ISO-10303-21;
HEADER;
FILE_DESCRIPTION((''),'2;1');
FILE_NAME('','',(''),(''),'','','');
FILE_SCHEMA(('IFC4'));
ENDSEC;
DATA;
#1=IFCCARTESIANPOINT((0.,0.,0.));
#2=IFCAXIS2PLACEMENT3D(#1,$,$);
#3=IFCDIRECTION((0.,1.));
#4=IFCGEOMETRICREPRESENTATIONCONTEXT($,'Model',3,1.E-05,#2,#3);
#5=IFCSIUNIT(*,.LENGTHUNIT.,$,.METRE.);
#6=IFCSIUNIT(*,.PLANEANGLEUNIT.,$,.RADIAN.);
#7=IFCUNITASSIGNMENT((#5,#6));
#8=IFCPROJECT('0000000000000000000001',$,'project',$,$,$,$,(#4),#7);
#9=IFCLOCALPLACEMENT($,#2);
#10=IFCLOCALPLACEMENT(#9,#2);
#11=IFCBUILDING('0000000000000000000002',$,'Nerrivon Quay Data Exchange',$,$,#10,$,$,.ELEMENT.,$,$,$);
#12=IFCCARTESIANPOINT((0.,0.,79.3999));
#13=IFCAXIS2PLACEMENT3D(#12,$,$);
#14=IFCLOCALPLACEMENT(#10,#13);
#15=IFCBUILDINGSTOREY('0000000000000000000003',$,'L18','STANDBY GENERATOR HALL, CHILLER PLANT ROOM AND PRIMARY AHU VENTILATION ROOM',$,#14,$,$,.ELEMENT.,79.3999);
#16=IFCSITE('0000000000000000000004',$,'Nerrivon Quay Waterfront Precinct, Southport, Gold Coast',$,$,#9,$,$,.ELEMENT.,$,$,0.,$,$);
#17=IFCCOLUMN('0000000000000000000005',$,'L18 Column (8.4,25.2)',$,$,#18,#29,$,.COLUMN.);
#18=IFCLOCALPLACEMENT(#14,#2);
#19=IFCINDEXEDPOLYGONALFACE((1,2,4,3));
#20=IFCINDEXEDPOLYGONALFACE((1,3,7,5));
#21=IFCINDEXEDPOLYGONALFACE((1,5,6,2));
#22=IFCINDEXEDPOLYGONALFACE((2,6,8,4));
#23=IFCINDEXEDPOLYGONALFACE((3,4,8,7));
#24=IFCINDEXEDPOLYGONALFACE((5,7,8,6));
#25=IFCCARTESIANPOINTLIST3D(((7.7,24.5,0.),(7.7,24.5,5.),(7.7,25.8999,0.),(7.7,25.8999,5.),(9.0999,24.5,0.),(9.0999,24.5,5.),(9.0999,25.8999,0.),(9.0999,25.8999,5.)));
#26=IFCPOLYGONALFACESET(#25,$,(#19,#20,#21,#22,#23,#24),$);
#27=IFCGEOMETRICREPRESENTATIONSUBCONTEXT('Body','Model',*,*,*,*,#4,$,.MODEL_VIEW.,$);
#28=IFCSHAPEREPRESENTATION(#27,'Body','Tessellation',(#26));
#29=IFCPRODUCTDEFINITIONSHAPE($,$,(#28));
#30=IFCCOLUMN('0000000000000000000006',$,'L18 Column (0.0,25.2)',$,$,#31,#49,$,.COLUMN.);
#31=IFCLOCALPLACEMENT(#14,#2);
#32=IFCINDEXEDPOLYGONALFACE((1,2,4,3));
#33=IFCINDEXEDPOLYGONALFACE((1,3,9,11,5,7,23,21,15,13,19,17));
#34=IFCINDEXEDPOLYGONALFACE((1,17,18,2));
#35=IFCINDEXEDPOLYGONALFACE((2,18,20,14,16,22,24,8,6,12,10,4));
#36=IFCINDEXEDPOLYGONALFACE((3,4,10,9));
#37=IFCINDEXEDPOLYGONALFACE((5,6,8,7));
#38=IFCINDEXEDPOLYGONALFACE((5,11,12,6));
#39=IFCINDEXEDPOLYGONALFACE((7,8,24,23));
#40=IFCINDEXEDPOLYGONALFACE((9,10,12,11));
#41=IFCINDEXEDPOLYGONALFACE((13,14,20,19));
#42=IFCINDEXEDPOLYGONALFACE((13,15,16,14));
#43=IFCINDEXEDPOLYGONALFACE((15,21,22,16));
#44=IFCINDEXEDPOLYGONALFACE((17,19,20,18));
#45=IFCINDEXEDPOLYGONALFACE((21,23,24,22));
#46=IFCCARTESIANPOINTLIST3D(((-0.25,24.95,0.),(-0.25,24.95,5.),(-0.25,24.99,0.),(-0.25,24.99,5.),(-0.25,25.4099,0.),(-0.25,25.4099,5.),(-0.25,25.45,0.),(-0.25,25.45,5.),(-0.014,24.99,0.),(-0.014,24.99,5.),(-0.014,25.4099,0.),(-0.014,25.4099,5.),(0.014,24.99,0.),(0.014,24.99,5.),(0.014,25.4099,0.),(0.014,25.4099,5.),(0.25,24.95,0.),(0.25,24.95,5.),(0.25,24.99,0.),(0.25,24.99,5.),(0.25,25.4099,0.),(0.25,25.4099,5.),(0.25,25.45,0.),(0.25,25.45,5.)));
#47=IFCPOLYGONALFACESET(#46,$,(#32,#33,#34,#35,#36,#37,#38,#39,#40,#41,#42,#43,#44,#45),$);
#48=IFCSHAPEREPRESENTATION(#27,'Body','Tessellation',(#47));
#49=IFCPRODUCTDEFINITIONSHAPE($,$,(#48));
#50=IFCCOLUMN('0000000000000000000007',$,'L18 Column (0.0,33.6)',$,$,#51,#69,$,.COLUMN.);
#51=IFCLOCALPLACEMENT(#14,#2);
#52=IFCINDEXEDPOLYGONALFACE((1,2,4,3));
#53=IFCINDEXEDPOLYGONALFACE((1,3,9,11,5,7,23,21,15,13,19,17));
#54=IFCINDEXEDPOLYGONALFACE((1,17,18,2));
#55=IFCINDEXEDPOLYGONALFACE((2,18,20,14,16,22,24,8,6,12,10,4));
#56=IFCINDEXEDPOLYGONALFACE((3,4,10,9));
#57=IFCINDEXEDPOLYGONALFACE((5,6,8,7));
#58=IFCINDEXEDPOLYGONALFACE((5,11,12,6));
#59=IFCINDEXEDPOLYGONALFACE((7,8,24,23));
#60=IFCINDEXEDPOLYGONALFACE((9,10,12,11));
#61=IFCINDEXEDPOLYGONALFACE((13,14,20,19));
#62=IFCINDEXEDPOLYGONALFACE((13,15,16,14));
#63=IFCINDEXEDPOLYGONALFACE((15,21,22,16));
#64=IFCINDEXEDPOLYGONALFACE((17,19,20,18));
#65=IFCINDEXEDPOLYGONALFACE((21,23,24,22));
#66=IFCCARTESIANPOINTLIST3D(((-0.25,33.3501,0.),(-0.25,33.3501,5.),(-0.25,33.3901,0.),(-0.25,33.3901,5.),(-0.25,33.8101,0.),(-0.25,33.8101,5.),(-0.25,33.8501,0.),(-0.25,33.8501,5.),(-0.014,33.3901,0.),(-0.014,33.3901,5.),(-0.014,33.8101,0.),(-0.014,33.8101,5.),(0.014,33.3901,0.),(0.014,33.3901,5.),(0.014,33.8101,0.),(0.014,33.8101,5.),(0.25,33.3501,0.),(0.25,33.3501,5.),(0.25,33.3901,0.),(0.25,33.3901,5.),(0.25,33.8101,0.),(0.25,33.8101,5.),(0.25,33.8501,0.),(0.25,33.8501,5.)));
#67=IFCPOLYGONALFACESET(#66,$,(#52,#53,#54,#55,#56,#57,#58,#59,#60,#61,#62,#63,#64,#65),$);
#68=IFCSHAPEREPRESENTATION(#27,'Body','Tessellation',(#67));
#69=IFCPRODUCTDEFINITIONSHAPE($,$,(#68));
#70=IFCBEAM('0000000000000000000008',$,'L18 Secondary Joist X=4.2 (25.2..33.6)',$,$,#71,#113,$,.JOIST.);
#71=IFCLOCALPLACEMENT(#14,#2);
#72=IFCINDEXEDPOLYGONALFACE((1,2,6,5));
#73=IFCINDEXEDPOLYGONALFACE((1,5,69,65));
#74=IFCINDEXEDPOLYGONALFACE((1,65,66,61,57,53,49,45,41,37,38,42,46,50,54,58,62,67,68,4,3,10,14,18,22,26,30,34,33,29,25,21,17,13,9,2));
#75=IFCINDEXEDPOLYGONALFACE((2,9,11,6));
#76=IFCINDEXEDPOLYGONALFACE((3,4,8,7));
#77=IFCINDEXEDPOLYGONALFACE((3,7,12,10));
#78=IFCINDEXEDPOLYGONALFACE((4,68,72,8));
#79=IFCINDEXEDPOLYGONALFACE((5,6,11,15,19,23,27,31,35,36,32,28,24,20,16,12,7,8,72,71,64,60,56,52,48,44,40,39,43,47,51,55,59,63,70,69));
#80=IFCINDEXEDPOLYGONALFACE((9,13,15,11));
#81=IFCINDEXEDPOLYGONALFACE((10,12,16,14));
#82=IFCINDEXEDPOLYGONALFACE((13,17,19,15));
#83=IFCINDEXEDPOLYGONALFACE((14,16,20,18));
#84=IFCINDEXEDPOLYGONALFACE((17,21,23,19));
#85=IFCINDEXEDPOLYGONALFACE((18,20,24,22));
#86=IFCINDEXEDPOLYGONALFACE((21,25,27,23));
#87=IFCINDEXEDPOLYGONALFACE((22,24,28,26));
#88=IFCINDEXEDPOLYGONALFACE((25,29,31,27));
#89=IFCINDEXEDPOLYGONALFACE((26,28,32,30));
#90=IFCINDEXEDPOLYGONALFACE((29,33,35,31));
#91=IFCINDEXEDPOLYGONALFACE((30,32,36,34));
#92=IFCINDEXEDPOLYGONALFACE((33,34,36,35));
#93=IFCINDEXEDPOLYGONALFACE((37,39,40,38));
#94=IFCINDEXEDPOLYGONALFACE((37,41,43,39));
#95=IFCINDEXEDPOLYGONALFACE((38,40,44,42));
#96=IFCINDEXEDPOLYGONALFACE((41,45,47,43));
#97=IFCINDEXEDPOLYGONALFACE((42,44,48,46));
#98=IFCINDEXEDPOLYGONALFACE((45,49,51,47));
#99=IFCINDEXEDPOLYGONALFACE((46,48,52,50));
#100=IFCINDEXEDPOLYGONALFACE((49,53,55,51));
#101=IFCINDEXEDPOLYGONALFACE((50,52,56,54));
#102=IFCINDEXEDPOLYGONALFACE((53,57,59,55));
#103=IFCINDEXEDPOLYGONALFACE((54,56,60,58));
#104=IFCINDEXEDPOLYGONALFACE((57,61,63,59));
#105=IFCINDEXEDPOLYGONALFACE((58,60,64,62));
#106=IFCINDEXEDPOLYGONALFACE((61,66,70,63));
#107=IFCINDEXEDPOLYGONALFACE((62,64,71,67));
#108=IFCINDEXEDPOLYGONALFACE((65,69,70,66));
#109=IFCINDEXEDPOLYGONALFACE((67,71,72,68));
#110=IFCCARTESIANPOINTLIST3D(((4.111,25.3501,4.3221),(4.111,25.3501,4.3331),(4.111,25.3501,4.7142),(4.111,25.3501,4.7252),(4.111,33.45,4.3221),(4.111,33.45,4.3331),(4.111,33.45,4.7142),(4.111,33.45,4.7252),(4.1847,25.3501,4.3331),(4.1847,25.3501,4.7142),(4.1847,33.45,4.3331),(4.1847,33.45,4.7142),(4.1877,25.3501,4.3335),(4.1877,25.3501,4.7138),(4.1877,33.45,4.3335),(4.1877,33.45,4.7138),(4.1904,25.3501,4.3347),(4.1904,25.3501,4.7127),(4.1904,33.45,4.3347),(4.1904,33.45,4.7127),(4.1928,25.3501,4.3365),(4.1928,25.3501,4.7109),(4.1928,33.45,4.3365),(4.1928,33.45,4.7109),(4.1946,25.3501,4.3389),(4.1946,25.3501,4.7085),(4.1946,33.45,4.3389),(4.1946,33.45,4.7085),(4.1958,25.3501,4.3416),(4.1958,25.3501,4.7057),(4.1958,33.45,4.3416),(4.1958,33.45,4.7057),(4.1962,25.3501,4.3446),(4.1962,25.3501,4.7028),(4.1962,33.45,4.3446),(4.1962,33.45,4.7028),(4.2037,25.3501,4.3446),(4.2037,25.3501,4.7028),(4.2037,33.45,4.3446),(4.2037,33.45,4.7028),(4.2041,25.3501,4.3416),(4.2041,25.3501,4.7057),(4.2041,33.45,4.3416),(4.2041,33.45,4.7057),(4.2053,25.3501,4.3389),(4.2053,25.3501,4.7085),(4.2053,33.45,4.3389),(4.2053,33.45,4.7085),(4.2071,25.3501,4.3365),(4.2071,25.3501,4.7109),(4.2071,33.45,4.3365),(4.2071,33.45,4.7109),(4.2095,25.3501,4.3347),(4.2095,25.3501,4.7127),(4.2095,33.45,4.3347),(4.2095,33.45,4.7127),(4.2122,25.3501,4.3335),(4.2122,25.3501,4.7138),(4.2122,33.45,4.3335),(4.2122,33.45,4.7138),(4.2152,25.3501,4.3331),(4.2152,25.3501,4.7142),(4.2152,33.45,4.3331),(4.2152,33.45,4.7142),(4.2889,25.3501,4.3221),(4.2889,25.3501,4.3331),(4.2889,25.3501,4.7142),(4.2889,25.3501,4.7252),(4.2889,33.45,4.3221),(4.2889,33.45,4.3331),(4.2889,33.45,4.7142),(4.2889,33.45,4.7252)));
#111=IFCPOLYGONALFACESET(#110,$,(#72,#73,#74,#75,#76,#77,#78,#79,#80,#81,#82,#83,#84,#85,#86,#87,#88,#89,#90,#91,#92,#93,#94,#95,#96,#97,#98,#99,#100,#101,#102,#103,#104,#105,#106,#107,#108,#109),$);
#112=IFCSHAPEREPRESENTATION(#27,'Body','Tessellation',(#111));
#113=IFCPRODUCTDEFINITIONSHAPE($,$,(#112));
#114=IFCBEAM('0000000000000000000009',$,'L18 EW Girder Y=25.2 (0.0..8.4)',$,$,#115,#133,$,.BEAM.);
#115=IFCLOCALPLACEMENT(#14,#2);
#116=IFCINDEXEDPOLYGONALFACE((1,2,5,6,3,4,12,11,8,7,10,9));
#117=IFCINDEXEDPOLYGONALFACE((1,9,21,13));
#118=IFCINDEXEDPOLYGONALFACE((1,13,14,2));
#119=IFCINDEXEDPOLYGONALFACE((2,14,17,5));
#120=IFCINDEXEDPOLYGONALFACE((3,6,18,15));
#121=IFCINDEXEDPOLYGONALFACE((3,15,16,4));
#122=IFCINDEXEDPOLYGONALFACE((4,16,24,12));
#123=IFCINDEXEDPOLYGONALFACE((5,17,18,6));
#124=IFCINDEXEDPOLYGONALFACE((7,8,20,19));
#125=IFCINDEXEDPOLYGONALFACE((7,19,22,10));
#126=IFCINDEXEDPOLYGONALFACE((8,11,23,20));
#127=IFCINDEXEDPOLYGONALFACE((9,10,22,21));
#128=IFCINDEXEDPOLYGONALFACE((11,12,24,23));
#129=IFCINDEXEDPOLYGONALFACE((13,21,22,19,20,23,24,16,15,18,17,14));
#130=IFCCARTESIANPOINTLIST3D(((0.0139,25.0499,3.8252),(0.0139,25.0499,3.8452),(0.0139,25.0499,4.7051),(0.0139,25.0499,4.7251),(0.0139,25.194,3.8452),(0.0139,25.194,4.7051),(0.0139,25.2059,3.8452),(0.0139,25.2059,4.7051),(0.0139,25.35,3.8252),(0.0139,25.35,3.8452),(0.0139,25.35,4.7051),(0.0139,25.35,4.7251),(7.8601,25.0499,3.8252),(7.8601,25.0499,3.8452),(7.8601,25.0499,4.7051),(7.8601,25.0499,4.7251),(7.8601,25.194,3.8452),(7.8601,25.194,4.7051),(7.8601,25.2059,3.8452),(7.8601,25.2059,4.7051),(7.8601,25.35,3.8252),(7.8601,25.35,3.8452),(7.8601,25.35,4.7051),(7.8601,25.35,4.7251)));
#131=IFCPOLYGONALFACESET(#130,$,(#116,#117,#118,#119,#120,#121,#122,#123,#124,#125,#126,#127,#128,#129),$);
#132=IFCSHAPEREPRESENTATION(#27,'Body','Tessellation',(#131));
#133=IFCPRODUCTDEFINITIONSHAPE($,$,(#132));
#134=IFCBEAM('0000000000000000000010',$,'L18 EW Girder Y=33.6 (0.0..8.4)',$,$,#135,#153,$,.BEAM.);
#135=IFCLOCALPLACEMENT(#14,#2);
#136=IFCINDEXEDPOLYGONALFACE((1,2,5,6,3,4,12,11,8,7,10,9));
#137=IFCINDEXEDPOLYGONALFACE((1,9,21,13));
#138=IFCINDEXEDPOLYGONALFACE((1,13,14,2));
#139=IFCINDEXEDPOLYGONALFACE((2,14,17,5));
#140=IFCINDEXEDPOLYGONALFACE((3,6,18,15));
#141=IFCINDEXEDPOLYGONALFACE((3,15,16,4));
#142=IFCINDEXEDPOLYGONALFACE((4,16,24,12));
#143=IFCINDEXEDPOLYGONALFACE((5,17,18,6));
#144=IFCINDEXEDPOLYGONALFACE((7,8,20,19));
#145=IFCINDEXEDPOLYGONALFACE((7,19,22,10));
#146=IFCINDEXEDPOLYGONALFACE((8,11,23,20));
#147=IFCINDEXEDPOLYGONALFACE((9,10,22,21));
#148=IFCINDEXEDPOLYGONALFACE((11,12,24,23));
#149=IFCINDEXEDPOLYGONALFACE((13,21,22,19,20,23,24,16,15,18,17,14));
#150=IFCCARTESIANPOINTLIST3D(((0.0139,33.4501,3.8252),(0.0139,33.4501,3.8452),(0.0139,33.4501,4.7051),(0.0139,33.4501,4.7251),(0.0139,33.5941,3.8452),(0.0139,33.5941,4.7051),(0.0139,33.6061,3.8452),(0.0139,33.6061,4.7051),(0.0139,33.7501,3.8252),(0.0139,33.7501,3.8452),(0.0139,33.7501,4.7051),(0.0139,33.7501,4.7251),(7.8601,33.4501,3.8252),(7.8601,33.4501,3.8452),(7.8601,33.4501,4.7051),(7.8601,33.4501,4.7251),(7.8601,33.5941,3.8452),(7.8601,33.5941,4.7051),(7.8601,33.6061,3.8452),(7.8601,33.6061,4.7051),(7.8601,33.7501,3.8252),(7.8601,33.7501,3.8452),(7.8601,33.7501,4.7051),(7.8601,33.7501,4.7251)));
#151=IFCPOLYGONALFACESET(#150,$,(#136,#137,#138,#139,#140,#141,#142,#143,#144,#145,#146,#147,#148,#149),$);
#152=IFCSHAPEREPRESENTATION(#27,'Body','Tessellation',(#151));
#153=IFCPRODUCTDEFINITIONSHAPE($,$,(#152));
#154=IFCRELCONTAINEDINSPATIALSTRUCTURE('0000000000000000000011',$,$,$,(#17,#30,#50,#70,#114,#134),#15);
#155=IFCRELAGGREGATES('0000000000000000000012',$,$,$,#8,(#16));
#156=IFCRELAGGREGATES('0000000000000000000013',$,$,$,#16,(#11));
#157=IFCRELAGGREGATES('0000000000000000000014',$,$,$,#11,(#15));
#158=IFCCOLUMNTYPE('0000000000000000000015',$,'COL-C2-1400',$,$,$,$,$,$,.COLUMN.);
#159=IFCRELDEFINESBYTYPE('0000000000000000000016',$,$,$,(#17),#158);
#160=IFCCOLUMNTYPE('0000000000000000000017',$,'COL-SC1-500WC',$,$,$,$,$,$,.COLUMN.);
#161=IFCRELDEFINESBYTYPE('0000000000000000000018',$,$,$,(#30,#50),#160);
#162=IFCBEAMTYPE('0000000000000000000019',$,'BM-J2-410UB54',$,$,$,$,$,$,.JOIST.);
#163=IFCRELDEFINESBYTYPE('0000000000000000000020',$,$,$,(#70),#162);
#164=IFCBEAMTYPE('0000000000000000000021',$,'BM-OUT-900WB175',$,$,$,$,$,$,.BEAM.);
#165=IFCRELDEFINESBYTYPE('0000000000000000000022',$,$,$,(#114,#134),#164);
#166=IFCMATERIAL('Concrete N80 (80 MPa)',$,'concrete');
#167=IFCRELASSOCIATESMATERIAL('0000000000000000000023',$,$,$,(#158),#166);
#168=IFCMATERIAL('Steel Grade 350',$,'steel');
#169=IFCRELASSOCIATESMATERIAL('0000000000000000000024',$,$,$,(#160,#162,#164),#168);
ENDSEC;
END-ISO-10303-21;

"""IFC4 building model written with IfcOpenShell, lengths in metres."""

from ifc_helpers import new_model, si_unit, direction, frame, origin, origin_2d, place, context, subcontext, project, spatial, rectangle, i_section, extrude, material, material_profile, profile_set, type_object, element, save


model = new_model("IFC4")

# Units and contexts
model_context = context("Model", 3, precision=1e-05, world=origin(), true_north=direction((0.0, 1.0)))
body_context = subcontext(model_context, "Body", "Model", "MODEL_VIEW")
ifc_project = project(units=[si_unit("LENGTHUNIT", "METRE"), si_unit("PLANEANGLEUNIT", "RADIAN")], contexts=[model_context])

# Site, building, storey
site_placement = place(None, origin())
site = spatial("IfcSite", under=ifc_project, at=site_placement, Name="Nerrivon Quay Waterfront Precinct, Southport, Gold Coast", CompositionType="ELEMENT", RefElevation=0.0)
building_placement = place(site_placement, origin())
building = spatial("IfcBuilding", under=site, at=building_placement, Name="Nerrivon Quay Data Exchange", CompositionType="ELEMENT")
storey_placement = place(building_placement, frame((0.0, 0.0, 79.3999)))
storey = spatial("IfcBuildingStorey", under=building, at=storey_placement, Name="L18", Description="STANDBY GENERATOR HALL, CHILLER PLANT ROOM AND PRIMARY AHU VENTILATION ROOM", CompositionType="ELEMENT", Elevation=79.3999)

# Columns
ifc_material_1 = material(Name="Concrete N80 (80 MPa)", Category="concrete")
ifc_material_profile_1 = material_profile(ifc_material_1, rectangle(XDim=1.3999, YDim=1.3999, at=origin_2d()), Name="RC-COL-1400x1400")
ifc_profile_set_1 = profile_set([ifc_material_profile_1], Name="Concrete N80 (80 MPa)")
column_type_1 = type_object("IfcColumnType", Name="COL-C2-1400", PredefinedType="COLUMN", material=ifc_profile_set_1)
column_placement = place(storey_placement, frame((8.3999, 25.2, 0.0), z_axis=(0.0, 0.0, 1.0), x_axis=(1.0, 0.0, 0.0)))
element("IfcColumn", 1, at=column_placement, inside=storey, type_object=column_type_1, Name="L18 Column (8.4,25.2)", PredefinedType="COLUMN", context=body_context, shape_type="SweptSolid", body=[
    extrude(rectangle(XDim=1.3999, YDim=1.3999, at=origin_2d()), origin(), (0.0, 0.0, 1.0), 5.0),
])
ifc_material_2 = material(Name="Steel Grade 350", Category="steel")
ifc_material_profile_2 = material_profile(ifc_material_2, i_section(OverallWidth=0.5, OverallDepth=0.5, WebThickness=0.0281, FlangeThickness=0.04, at=origin_2d()), Name="500WC440")
ifc_profile_set_2 = profile_set([ifc_material_profile_2], Name="Steel Grade 350")
column_type_2 = type_object("IfcColumnType", Name="COL-SC1-500WC", PredefinedType="COLUMN", material=ifc_profile_set_2)
for number, where, z_axis, x_axis, name in (
    (2, (0.0, 25.2, 0.0), (0.0, 0.0, 1.0), (1.0, 0.0, 0.0), "L18 Column (0.0,25.2)"),
    (3, (0.0, 33.6001, 0.0), (0.0, 0.0, 1.0), (1.0, 0.0, 0.0), "L18 Column (0.0,33.6)"),
):
    element("IfcColumn", number, at=place(storey_placement, frame(where, z_axis=z_axis, x_axis=x_axis)), inside=storey, type_object=column_type_2, Name=name, PredefinedType="COLUMN", context=body_context, shape_type="SweptSolid", body=[
        extrude(i_section(OverallWidth=0.5, OverallDepth=0.5, WebThickness=0.0281, FlangeThickness=0.04, at=origin_2d()), origin(), (0.0, 0.0, 1.0), 5.0),
    ])

# Beams
ifc_material_profile_3 = material_profile(ifc_material_2, i_section(OverallWidth=0.178, OverallDepth=0.4031, WebThickness=0.0076, FlangeThickness=0.011, FilletRadius=0.0115, at=origin_2d()), Name="410UB53.7")
ifc_profile_set_3 = profile_set([ifc_material_profile_3], Name="Steel Grade 350")
beam_type_1 = type_object("IfcBeamType", Name="BM-J2-410UB54", PredefinedType="JOIST", material=ifc_profile_set_3)
beam_1_placement = place(storey_placement, frame((4.2, 25.3501, 4.5237), z_axis=(0.0, 1.0, 0.0), x_axis=(-1.0, 0.0, 0.0)))
element("IfcBeam", 4, at=beam_1_placement, inside=storey, type_object=beam_type_1, Name="L18 Secondary Joist X=4.2 (25.2..33.6)", PredefinedType="JOIST", context=body_context, shape_type="SweptSolid", body=[
    extrude(i_section(OverallWidth=0.178, OverallDepth=0.4031, WebThickness=0.0076, FlangeThickness=0.011, FilletRadius=0.0115, at=origin_2d()), origin(), (0.0, 0.0, 1.0), 8.0999),
])
ifc_material_profile_4 = material_profile(ifc_material_2, i_section(OverallWidth=0.3, OverallDepth=0.8999, WebThickness=0.012, FlangeThickness=0.02, at=origin_2d()), Name="900WB175")
ifc_profile_set_4 = profile_set([ifc_material_profile_4], Name="Steel Grade 350")
beam_type_2 = type_object("IfcBeamType", Name="BM-OUT-900WB175", PredefinedType="BEAM", material=ifc_profile_set_4)
for number, where, z_axis, x_axis, name in (
    (5, (0.0139, 25.2, 4.2751), (1.0, 0.0, 0.0), (0.0, 1.0, 0.0), "L18 EW Girder Y=25.2 (0.0..8.4)"),
    (6, (0.0139, 33.6001, 4.2751), (1.0, 0.0, 0.0), (0.0, 1.0, 0.0), "L18 EW Girder Y=33.6 (0.0..8.4)"),
):
    element("IfcBeam", number, at=place(storey_placement, frame(where, z_axis=z_axis, x_axis=x_axis)), inside=storey, type_object=beam_type_2, Name=name, PredefinedType="BEAM", context=body_context, shape_type="SweptSolid", body=[
        extrude(i_section(OverallWidth=0.3, OverallDepth=0.8999, WebThickness=0.012, FlangeThickness=0.02, at=origin_2d()), origin(), (0.0, 0.0, 1.0), 7.8462),
    ])

save(model, "model.ifc")
